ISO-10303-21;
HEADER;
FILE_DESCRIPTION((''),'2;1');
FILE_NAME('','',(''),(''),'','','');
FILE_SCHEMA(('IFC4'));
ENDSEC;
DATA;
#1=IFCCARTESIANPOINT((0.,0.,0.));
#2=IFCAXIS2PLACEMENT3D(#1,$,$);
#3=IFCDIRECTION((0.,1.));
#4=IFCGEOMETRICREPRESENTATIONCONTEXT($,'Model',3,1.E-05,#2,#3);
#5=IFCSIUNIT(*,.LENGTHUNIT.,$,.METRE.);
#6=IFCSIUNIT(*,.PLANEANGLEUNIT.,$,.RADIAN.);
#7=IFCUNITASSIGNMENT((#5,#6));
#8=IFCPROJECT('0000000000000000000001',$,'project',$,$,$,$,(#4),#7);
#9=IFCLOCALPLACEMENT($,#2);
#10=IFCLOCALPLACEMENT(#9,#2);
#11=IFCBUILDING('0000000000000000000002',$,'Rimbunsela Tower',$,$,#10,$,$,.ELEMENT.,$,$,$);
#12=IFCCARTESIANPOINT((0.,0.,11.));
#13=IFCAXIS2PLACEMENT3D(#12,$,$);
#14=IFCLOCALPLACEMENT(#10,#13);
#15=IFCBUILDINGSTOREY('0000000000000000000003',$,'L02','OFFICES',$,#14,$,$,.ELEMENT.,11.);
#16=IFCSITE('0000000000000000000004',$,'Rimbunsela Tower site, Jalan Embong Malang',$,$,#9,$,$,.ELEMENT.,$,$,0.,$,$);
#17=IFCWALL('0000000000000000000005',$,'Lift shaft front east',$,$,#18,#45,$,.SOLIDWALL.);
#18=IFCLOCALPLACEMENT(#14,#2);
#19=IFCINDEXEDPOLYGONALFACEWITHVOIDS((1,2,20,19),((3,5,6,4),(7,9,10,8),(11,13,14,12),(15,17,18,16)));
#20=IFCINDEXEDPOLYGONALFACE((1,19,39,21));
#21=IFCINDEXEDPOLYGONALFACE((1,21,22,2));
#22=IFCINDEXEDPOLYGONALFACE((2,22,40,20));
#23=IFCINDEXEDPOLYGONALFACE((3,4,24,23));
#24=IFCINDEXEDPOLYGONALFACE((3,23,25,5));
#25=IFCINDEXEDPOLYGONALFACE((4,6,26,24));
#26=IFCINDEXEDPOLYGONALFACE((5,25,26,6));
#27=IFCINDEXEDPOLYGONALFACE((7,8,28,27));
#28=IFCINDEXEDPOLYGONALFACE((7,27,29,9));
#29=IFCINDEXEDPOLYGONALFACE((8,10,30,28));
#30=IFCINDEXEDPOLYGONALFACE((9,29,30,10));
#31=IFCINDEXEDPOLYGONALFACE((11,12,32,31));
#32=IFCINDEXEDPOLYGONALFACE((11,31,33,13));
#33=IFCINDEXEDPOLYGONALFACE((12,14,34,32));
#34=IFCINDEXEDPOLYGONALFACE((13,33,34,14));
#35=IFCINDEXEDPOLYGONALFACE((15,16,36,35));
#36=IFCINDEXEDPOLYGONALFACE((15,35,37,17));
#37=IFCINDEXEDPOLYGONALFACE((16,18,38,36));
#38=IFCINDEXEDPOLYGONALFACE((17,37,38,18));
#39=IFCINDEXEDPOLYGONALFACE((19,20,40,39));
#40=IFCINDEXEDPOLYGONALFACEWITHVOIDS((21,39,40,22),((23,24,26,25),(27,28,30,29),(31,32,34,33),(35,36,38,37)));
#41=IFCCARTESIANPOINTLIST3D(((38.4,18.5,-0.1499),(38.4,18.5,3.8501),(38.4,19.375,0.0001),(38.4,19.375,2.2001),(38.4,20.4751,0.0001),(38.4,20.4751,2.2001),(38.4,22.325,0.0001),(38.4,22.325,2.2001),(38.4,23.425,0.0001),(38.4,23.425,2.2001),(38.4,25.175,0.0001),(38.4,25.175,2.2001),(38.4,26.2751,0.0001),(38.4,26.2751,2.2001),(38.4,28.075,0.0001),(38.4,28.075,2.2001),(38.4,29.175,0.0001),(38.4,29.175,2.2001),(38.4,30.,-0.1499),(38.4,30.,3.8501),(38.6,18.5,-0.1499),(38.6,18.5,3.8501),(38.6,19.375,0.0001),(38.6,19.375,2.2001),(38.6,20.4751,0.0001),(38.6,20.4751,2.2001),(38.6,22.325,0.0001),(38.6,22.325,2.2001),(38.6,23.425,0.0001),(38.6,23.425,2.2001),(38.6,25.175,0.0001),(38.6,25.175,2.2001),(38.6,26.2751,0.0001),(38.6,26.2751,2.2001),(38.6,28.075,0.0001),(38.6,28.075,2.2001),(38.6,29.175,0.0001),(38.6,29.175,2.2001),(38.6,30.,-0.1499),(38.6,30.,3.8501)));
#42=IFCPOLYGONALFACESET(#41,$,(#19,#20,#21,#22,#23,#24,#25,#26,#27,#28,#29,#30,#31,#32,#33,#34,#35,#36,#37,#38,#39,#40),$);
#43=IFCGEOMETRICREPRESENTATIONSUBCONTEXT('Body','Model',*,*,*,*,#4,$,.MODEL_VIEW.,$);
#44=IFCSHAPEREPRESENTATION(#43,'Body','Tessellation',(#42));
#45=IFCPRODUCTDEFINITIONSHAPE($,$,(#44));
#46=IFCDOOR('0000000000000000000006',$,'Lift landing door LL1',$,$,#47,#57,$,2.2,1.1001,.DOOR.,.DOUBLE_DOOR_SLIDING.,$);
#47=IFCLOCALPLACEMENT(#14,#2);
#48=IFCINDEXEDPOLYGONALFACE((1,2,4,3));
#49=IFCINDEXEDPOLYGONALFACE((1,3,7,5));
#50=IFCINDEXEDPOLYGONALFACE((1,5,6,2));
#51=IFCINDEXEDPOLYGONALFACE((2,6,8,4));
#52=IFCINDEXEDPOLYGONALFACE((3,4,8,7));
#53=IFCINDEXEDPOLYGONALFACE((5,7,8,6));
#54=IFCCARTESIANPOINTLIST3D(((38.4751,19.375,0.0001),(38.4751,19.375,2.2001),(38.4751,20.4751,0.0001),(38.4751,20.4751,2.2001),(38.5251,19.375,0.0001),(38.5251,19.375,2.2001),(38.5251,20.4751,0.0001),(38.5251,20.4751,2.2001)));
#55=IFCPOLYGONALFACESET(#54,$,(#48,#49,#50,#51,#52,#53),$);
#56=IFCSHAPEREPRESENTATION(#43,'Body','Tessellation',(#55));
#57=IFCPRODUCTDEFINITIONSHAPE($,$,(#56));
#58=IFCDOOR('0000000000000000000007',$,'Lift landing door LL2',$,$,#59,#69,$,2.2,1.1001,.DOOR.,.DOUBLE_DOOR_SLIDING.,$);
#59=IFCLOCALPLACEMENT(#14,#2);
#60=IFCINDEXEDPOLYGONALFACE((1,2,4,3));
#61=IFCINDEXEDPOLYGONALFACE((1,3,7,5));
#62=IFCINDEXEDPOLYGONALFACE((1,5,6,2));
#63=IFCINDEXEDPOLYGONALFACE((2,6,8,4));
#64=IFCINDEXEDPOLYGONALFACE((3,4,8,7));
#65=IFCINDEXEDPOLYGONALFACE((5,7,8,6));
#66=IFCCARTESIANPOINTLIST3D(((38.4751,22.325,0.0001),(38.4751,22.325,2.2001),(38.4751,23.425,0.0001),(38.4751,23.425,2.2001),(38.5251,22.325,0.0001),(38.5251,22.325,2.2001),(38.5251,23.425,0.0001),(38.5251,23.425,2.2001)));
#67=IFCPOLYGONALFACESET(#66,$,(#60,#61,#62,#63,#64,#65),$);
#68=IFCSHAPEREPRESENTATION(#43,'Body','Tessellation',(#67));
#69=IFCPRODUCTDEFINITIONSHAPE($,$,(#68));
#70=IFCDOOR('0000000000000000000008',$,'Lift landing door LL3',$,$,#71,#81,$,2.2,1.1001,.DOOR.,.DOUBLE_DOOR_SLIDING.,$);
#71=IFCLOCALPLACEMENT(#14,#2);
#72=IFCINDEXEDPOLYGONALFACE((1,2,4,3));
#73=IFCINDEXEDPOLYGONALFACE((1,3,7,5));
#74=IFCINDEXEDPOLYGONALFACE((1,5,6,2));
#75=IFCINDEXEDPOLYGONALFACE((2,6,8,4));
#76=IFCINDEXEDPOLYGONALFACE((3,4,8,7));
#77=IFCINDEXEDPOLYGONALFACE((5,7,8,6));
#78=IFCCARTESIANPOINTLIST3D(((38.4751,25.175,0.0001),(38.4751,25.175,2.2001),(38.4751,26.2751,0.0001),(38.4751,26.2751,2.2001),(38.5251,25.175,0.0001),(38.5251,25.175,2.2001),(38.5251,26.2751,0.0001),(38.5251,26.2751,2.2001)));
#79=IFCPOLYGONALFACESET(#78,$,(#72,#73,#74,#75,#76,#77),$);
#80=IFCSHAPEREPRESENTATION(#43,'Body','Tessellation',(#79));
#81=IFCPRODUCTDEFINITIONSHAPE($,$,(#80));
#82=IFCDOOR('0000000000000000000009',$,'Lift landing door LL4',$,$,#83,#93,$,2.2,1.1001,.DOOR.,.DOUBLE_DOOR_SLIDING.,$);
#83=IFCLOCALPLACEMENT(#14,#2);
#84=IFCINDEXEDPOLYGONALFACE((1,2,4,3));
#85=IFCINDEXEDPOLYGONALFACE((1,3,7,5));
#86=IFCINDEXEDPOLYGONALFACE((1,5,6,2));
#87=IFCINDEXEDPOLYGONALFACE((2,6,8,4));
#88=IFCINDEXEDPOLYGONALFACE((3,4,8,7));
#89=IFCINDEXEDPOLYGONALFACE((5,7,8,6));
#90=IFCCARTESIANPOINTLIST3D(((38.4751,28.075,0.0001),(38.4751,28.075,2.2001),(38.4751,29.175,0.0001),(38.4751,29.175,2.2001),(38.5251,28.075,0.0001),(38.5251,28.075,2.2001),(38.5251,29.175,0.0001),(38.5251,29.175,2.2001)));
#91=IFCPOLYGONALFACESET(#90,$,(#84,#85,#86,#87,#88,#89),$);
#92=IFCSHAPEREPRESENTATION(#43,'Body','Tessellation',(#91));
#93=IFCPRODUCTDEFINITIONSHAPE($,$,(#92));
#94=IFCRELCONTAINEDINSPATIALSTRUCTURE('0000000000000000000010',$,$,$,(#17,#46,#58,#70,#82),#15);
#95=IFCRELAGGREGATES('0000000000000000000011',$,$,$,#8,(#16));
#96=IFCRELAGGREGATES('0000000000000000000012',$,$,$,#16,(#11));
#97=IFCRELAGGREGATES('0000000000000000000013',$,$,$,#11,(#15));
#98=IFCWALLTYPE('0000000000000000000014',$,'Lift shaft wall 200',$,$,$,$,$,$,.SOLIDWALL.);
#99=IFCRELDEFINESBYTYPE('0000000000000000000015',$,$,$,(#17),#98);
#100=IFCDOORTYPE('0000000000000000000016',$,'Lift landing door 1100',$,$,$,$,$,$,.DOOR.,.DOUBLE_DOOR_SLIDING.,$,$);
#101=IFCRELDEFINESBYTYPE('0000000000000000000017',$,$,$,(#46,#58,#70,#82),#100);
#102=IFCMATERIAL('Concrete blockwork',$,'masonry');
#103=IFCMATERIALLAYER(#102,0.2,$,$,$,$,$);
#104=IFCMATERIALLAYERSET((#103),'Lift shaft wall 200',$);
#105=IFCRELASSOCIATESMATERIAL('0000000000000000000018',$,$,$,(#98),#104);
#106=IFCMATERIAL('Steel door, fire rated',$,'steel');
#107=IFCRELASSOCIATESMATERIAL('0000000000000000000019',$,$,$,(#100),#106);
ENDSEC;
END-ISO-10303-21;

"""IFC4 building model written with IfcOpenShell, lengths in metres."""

from ifc_helpers import new_model, si_unit, direction, frame, frame_2d, origin, place, context, subcontext, project, spatial, rectangle, extrude, material, layer, layer_set, type_object, element, fill, save


model = new_model("IFC4")

# Units and contexts
model_context = context("Model", 3, precision=1e-05, world=origin(), true_north=direction((0.0, 1.0)))
body_context = subcontext(model_context, "Body", "Model", "MODEL_VIEW")
ifc_project = project(units=[si_unit("LENGTHUNIT", "METRE"), si_unit("PLANEANGLEUNIT", "RADIAN")], contexts=[model_context])

# Site, building, storey
site_placement = place(None, origin())
site = spatial("IfcSite", under=ifc_project, at=site_placement, Name="Rimbunsela Tower site, Jalan Embong Malang", CompositionType="ELEMENT", RefElevation=0.0)
building_placement = place(site_placement, origin())
building = spatial("IfcBuilding", under=site, at=building_placement, Name="Rimbunsela Tower", CompositionType="ELEMENT")
storey_placement = place(building_placement, frame((0.0, 0.0, 11.0)))
storey = spatial("IfcBuildingStorey", under=building, at=storey_placement, Name="L02", Description="OFFICES", CompositionType="ELEMENT", Elevation=11.0)

# Wall, openings, doors
ifc_material_1 = material(Name="Concrete blockwork", Category="masonry")
ifc_layer_1 = layer(ifc_material_1, 0.2)
ifc_layer_set_1 = layer_set([ifc_layer_1], Name="Lift shaft wall 200")
wall_type_1 = type_object("IfcWallType", Name="Lift shaft wall 200", PredefinedType="SOLIDWALL", material=ifc_layer_set_1)
wall_1_placement = place(storey_placement, frame((38.5, 18.5, -0.1499), z_axis=(0.0, 0.0, 1.0), x_axis=(0.0, 1.0, 0.0)))
wall_1 = element("IfcWall", 1, at=wall_1_placement, inside=storey, type_object=wall_type_1, Name="Lift shaft front east", PredefinedType="SOLIDWALL", context=body_context, shape_type="SweptSolid", body=[
    extrude(rectangle(XDim=11.5, YDim=0.2, at=frame_2d((5.75, 0.0))), origin(), (0.0, 0.0, 1.0), 4.0),
])
opening_1_placement = place(wall_1_placement, frame((0.875, 0.0, 0.1499)))
opening_1 = element("IfcOpeningElement", 2, at=opening_1_placement, cuts=wall_1, PredefinedType="OPENING", context=body_context, shape_type="SweptSolid", body=[
    extrude(rectangle(XDim=1.1001, YDim=2.2, at=frame_2d((0.55, 1.1001))), frame((0.0, 0.1099, 0.0), z_axis=(0.0, -1.0, 0.0), x_axis=(1.0, 0.0, 0.0)), (0.0, 0.0, 1.0), 0.22),
])
opening_2_placement = place(wall_1_placement, frame((3.825, 0.0, 0.1499)))
opening_2 = element("IfcOpeningElement", 3, at=opening_2_placement, cuts=wall_1, PredefinedType="OPENING", context=body_context, shape_type="SweptSolid", body=[
    extrude(rectangle(XDim=1.1001, YDim=2.2, at=frame_2d((0.55, 1.1001))), frame((0.0, 0.1099, 0.0), z_axis=(0.0, -1.0, 0.0), x_axis=(1.0, 0.0, 0.0)), (0.0, 0.0, 1.0), 0.22),
])
opening_3_placement = place(wall_1_placement, frame((6.675, 0.0, 0.1499)))
opening_3 = element("IfcOpeningElement", 4, at=opening_3_placement, cuts=wall_1, PredefinedType="OPENING", context=body_context, shape_type="SweptSolid", body=[
    extrude(rectangle(XDim=1.1001, YDim=2.2, at=frame_2d((0.55, 1.1001))), frame((0.0, 0.1099, 0.0), z_axis=(0.0, -1.0, 0.0), x_axis=(1.0, 0.0, 0.0)), (0.0, 0.0, 1.0), 0.22),
])
opening_4_placement = place(wall_1_placement, frame((9.575, 0.0, 0.1499)))
opening_4 = element("IfcOpeningElement", 5, at=opening_4_placement, cuts=wall_1, PredefinedType="OPENING", context=body_context, shape_type="SweptSolid", body=[
    extrude(rectangle(XDim=1.1001, YDim=2.2, at=frame_2d((0.55, 1.1001))), frame((0.0, 0.1099, 0.0), z_axis=(0.0, -1.0, 0.0), x_axis=(1.0, 0.0, 0.0)), (0.0, 0.0, 1.0), 0.22),
])
ifc_material_2 = material(Name="Steel door, fire rated", Category="steel")
door_type_1 = type_object("IfcDoorType", Name="Lift landing door 1100", OperationType="DOUBLE_DOOR_SLIDING", PredefinedType="DOOR", material=ifc_material_2)
door_1_placement = place(opening_1_placement, origin())
door_1 = element("IfcDoor", 6, at=door_1_placement, inside=storey, type_object=door_type_1, Name="Lift landing door LL1", OperationType="DOUBLE_DOOR_SLIDING", OverallHeight=2.2, OverallWidth=1.1001, PredefinedType="DOOR", context=body_context, shape_type="SweptSolid", body=[
    extrude(rectangle(XDim=1.1001, YDim=2.2, at=frame_2d((0.55, 1.1001))), frame((0.0, 0.0249, 0.0), z_axis=(0.0, -1.0, 0.0), x_axis=(1.0, 0.0, 0.0)), (0.0, 0.0, 1.0), 0.05),
])
fill(opening_1, door_1)
door_2_placement = place(opening_2_placement, origin())
door_2 = element("IfcDoor", 7, at=door_2_placement, inside=storey, type_object=door_type_1, Name="Lift landing door LL2", OperationType="DOUBLE_DOOR_SLIDING", OverallHeight=2.2, OverallWidth=1.1001, PredefinedType="DOOR", context=body_context, shape_type="SweptSolid", body=[
    extrude(rectangle(XDim=1.1001, YDim=2.2, at=frame_2d((0.55, 1.1001))), frame((0.0, 0.0249, 0.0), z_axis=(0.0, -1.0, 0.0), x_axis=(1.0, 0.0, 0.0)), (0.0, 0.0, 1.0), 0.05),
])
fill(opening_2, door_2)
door_3_placement = place(opening_3_placement, origin())
door_3 = element("IfcDoor", 8, at=door_3_placement, inside=storey, type_object=door_type_1, Name="Lift landing door LL3", OperationType="DOUBLE_DOOR_SLIDING", OverallHeight=2.2, OverallWidth=1.1001, PredefinedType="DOOR", context=body_context, shape_type="SweptSolid", body=[
    extrude(rectangle(XDim=1.1001, YDim=2.2, at=frame_2d((0.55, 1.1001))), frame((0.0, 0.0249, 0.0), z_axis=(0.0, -1.0, 0.0), x_axis=(1.0, 0.0, 0.0)), (0.0, 0.0, 1.0), 0.05),
])
fill(opening_3, door_3)
door_4_placement = place(opening_4_placement, origin())
door_4 = element("IfcDoor", 9, at=door_4_placement, inside=storey, type_object=door_type_1, Name="Lift landing door LL4", OperationType="DOUBLE_DOOR_SLIDING", OverallHeight=2.2, OverallWidth=1.1001, PredefinedType="DOOR", context=body_context, shape_type="SweptSolid", body=[
    extrude(rectangle(XDim=1.1001, YDim=2.2, at=frame_2d((0.55, 1.1001))), frame((0.0, 0.0249, 0.0), z_axis=(0.0, -1.0, 0.0), x_axis=(1.0, 0.0, 0.0)), (0.0, 0.0, 1.0), 0.05),
])
fill(opening_4, door_4)

save(model, "model.ifc")
